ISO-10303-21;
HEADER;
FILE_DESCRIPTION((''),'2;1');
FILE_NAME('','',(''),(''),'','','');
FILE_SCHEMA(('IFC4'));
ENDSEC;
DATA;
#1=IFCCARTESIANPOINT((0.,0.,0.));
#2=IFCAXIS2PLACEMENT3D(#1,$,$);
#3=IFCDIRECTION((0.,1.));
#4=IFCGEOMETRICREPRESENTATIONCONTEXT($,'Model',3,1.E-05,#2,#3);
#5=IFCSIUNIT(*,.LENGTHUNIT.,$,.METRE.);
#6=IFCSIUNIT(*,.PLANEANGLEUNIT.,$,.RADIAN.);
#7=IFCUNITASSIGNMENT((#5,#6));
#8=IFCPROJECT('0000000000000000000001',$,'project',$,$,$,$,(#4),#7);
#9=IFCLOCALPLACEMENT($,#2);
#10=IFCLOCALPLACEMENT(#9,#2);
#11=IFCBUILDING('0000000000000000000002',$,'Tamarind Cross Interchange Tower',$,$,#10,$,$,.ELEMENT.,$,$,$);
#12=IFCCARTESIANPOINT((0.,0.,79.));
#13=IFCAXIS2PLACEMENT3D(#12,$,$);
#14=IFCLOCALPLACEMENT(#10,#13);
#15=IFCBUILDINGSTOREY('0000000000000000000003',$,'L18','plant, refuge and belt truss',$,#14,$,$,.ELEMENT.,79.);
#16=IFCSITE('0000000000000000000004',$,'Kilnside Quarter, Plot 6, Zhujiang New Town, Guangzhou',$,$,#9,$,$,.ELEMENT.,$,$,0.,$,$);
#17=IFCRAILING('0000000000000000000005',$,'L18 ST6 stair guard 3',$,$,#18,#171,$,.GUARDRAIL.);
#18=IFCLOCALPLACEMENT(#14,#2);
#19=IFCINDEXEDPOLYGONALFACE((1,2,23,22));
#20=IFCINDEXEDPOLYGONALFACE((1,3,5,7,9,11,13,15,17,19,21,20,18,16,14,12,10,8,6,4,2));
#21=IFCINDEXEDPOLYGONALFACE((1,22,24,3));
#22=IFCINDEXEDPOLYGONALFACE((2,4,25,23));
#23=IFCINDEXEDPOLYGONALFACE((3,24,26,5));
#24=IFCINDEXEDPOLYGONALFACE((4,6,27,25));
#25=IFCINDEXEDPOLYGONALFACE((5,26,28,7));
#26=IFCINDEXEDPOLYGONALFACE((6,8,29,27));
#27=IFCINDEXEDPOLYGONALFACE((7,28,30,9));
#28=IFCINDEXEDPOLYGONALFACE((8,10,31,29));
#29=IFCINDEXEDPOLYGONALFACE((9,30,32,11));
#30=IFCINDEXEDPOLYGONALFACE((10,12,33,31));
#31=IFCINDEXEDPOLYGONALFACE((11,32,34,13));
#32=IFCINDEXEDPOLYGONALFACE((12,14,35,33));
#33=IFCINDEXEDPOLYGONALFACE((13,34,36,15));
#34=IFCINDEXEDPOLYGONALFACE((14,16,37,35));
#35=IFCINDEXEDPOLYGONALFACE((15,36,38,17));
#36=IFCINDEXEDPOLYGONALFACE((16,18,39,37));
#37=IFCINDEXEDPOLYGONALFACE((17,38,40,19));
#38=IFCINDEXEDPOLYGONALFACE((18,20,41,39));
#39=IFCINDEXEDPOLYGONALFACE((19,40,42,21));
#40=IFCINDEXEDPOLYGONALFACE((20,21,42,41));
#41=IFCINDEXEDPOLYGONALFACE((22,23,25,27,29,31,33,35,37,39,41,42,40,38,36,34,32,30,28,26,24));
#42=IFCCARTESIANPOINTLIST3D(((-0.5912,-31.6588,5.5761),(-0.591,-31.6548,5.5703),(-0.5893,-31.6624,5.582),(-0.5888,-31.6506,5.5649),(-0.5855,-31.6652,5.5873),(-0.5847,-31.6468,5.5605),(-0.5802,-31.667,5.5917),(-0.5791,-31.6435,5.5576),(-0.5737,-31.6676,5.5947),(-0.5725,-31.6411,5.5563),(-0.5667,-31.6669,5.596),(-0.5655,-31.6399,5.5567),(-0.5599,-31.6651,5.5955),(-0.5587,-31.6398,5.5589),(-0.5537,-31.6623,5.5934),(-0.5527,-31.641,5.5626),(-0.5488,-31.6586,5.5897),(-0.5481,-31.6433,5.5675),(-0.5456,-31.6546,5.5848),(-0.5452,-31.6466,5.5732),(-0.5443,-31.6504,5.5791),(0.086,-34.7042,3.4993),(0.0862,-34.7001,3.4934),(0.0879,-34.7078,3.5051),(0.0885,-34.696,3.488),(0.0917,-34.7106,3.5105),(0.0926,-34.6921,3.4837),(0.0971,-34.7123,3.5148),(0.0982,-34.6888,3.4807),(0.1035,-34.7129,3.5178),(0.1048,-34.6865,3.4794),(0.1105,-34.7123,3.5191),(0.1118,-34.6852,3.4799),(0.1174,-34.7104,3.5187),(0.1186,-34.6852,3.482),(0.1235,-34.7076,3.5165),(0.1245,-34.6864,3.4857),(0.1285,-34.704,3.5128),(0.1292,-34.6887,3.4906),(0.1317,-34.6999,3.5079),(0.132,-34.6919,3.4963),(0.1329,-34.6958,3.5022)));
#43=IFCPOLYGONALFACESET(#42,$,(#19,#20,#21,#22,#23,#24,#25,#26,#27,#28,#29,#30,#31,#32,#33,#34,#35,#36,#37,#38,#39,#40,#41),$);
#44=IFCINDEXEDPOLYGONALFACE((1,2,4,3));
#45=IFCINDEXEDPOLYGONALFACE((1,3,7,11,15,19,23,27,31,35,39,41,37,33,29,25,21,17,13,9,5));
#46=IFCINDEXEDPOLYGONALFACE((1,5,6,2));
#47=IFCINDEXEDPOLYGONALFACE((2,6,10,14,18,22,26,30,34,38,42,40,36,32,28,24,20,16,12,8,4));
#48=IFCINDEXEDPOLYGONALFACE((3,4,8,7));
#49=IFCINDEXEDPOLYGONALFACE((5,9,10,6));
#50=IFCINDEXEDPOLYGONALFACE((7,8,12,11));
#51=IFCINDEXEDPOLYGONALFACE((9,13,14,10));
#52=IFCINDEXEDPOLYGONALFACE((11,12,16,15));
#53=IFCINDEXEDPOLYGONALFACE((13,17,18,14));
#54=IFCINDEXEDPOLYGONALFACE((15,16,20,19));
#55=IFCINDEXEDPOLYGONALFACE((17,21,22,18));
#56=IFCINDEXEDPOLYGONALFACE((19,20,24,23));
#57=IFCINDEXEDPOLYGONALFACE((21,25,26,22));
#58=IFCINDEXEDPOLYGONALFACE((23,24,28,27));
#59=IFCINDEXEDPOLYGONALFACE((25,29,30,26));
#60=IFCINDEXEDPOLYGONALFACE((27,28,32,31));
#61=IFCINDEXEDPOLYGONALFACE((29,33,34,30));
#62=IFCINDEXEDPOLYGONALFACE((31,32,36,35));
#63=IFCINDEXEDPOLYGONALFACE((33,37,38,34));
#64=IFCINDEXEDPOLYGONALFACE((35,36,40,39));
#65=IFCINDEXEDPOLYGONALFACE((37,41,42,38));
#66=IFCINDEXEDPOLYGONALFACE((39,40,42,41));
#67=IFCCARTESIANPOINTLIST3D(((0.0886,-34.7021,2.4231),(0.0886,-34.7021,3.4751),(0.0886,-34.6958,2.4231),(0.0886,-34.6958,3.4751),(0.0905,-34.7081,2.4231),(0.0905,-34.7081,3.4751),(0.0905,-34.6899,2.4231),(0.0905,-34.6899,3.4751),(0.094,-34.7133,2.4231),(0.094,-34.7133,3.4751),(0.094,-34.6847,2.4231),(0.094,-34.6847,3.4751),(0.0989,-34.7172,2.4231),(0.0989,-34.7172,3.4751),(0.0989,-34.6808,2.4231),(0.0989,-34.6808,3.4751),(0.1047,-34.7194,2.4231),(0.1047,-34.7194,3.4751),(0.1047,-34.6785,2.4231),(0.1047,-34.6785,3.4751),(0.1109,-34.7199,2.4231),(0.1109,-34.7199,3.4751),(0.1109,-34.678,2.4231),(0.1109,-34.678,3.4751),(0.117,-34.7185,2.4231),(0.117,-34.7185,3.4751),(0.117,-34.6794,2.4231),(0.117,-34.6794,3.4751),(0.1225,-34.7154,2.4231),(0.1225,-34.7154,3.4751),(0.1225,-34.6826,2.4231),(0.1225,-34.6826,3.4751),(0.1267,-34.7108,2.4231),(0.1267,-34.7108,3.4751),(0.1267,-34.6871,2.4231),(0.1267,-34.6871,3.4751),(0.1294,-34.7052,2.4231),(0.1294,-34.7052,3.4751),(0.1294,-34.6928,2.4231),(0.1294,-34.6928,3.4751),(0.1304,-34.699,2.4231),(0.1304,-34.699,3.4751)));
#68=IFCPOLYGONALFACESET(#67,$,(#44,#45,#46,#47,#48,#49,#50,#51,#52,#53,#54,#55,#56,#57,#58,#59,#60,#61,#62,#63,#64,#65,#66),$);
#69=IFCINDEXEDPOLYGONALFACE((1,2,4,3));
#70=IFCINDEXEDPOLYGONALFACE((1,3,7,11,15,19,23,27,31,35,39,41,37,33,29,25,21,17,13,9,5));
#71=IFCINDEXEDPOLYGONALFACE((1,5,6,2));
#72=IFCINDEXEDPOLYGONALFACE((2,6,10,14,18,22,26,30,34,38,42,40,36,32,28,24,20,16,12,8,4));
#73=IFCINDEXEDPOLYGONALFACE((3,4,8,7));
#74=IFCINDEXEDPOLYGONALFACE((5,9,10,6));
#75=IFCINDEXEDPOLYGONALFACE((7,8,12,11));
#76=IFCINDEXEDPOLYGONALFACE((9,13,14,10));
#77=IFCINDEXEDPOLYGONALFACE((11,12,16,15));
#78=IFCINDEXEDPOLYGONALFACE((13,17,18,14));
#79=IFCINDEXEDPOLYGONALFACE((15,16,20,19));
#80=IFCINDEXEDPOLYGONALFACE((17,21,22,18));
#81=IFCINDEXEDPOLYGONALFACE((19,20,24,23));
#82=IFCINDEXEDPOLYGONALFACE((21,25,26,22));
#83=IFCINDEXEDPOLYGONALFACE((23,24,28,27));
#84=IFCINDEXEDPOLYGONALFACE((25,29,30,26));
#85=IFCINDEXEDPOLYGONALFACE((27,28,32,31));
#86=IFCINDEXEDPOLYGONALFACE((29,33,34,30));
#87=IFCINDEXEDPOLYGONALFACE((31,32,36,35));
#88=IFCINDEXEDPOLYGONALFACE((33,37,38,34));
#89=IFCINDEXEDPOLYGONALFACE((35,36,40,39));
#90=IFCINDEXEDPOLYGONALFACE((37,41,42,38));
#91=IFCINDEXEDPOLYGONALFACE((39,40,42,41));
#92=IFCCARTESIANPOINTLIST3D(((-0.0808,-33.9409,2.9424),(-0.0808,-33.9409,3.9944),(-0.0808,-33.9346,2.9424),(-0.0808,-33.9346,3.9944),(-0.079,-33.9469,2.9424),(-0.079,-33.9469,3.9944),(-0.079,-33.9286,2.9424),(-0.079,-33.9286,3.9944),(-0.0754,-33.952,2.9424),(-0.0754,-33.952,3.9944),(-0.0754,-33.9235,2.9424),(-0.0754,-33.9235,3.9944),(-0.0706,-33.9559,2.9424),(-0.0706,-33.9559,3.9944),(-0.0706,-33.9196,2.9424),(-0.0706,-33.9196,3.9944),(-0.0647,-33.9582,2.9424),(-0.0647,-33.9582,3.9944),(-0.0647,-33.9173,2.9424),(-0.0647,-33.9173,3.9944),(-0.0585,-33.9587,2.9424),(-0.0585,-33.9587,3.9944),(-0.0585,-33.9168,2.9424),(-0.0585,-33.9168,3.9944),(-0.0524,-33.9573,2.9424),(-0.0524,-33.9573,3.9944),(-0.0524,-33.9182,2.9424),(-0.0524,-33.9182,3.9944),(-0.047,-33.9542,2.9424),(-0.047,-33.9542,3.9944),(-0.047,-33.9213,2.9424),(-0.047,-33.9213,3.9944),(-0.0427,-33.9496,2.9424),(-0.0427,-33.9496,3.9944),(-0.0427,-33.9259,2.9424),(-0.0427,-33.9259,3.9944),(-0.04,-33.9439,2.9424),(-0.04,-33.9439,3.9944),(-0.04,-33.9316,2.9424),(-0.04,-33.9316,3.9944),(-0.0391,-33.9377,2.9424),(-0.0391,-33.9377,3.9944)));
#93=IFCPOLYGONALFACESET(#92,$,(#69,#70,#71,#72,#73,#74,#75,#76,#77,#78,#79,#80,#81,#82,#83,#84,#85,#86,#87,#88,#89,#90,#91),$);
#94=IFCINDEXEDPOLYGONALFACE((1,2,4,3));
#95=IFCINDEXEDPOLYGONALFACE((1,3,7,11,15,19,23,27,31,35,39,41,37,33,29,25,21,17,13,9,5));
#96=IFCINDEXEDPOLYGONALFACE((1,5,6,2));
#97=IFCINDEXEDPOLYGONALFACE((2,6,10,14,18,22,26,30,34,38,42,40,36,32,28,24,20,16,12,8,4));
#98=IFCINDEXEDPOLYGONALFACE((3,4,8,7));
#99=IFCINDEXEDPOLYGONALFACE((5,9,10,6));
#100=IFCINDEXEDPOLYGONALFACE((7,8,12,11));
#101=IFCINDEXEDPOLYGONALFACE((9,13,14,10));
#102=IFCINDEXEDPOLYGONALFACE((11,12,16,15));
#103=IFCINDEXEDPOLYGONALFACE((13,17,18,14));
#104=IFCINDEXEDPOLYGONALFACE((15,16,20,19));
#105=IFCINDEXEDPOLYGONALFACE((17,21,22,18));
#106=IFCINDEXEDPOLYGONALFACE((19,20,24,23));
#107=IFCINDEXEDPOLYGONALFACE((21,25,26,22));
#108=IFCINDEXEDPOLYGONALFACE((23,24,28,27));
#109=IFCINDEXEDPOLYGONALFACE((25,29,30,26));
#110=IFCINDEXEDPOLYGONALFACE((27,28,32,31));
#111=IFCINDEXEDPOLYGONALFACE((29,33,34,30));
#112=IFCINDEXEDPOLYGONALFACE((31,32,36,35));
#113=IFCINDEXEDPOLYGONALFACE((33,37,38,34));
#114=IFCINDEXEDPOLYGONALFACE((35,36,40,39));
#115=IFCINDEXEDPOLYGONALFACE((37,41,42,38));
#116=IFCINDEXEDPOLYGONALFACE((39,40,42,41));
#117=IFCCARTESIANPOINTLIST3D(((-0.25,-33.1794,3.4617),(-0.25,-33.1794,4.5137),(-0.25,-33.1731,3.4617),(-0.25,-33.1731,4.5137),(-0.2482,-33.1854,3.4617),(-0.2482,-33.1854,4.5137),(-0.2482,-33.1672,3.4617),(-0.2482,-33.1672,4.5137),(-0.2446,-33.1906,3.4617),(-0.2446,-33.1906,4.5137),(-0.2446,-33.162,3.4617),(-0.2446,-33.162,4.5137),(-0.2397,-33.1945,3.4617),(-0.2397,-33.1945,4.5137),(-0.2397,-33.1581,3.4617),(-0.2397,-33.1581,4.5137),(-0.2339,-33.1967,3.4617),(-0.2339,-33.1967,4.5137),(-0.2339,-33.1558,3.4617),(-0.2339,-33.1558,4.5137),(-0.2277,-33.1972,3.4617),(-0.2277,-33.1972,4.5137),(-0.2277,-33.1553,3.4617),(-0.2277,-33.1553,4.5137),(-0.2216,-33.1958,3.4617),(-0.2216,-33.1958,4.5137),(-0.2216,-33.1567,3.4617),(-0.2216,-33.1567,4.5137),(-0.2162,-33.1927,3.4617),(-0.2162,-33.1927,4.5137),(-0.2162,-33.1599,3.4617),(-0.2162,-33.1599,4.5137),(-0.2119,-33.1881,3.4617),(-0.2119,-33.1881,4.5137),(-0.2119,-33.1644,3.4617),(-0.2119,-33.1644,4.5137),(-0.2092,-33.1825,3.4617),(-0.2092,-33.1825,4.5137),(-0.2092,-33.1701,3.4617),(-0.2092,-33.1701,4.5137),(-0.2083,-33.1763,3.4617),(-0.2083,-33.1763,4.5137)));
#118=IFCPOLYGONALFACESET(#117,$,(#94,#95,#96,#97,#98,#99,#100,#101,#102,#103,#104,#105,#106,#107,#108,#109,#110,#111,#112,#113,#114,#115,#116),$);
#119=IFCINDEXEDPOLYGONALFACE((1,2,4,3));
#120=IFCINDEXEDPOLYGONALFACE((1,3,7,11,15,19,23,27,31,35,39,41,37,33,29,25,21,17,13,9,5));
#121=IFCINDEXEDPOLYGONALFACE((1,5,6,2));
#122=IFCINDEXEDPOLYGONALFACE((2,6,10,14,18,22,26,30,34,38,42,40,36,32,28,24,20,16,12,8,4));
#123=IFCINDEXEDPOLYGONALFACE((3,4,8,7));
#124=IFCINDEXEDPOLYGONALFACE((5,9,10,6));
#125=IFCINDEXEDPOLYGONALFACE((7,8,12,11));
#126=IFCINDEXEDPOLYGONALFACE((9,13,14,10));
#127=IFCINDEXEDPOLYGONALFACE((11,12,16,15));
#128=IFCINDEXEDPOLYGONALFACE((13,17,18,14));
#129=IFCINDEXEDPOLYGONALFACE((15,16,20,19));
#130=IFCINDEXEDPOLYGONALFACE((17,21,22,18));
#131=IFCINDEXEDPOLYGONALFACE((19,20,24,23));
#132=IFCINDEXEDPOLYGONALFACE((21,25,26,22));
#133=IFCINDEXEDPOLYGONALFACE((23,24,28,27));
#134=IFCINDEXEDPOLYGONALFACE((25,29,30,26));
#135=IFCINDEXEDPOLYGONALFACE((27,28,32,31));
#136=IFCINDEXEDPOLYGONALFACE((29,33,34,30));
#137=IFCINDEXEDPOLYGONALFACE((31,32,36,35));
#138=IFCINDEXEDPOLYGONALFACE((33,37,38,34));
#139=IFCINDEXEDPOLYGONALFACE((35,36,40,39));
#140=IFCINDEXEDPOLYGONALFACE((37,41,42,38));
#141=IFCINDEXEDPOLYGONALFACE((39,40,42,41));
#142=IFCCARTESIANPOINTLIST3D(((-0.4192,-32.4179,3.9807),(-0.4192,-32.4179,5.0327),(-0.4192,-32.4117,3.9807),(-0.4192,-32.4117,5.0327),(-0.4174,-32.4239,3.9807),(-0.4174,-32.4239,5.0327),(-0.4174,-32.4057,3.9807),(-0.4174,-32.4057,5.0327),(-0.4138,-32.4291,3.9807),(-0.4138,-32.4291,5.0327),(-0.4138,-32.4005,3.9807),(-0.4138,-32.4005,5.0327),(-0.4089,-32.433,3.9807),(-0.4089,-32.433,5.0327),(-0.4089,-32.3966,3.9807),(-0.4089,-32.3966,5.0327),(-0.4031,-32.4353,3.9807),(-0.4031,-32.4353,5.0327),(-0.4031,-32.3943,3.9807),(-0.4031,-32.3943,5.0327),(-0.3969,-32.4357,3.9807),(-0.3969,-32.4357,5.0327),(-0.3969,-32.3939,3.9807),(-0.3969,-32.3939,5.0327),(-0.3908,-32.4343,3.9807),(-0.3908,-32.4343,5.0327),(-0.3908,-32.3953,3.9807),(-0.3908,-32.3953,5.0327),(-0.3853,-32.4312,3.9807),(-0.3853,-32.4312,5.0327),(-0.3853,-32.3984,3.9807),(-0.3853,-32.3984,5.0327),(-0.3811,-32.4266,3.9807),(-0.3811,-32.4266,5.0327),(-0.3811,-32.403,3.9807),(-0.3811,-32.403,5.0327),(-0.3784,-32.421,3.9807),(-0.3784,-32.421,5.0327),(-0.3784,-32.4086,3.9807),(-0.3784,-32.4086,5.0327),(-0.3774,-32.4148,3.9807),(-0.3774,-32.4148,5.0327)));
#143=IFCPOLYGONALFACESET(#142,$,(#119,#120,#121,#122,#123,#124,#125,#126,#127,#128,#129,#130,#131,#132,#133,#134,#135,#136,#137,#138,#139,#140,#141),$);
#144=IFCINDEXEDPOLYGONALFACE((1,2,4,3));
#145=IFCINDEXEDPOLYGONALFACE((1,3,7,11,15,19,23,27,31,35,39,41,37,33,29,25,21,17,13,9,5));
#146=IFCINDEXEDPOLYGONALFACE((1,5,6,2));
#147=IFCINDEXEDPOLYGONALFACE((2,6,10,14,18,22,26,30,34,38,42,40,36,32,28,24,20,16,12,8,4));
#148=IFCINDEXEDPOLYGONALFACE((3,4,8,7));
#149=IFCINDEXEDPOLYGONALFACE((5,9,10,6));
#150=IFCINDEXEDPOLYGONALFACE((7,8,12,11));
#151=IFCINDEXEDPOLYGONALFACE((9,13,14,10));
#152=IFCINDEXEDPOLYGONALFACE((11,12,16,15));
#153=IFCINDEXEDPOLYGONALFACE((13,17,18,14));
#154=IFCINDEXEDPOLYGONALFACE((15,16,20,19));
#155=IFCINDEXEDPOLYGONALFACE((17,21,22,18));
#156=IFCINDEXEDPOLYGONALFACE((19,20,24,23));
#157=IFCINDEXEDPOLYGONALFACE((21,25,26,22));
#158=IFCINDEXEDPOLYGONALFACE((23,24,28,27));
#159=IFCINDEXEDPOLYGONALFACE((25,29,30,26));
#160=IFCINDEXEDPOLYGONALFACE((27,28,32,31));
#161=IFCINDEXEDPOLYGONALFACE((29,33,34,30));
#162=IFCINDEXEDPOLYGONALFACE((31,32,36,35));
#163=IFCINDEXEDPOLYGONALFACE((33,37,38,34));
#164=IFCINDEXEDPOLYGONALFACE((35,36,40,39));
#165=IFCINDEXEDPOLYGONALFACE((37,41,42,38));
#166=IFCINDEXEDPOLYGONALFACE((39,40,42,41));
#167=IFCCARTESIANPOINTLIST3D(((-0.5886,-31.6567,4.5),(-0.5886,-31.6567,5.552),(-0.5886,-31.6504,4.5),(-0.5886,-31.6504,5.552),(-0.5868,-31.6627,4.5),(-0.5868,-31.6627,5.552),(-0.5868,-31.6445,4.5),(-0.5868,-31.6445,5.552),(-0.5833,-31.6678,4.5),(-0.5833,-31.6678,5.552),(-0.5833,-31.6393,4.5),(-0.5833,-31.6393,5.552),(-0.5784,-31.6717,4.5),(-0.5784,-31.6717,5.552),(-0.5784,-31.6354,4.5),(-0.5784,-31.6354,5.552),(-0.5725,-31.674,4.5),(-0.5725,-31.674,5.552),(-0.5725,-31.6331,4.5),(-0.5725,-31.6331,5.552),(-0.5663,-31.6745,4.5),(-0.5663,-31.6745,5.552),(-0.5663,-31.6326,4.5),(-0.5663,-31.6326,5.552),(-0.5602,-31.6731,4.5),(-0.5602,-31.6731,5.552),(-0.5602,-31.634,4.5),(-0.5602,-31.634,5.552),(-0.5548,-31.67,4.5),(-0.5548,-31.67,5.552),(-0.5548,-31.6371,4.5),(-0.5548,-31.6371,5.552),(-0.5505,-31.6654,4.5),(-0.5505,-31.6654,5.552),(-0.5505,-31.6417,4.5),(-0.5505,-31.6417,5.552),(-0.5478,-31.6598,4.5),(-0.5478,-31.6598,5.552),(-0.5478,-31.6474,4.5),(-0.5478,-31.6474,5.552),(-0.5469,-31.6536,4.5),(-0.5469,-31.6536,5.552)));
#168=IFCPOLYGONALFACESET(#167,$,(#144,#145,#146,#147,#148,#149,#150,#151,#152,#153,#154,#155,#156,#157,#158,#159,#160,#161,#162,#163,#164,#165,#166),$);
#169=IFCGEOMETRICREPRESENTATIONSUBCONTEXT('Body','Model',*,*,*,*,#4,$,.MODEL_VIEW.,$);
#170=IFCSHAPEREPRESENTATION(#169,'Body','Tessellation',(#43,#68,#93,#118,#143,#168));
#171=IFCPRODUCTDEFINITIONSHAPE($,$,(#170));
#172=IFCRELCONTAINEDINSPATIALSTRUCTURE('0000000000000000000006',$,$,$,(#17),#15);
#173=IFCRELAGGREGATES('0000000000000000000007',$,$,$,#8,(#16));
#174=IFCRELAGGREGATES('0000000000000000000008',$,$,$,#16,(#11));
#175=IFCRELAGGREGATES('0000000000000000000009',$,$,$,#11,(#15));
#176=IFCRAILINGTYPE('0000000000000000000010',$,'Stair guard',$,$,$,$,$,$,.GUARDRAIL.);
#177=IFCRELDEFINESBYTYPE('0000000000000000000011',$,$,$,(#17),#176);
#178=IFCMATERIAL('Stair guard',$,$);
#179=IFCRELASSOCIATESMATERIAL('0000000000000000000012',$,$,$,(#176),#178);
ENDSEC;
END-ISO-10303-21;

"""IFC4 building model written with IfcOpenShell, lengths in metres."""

from ifc_helpers import new_model, si_unit, direction, frame, origin, origin_2d, place, context, subcontext, project, spatial, circle, extrude, material, type_object, element, save


model = new_model("IFC4")

# Units and contexts
model_context = context("Model", 3, precision=1e-05, world=origin(), true_north=direction((0.0, 1.0)))
body_context = subcontext(model_context, "Body", "Model", "MODEL_VIEW")
ifc_project = project(units=[si_unit("LENGTHUNIT", "METRE"), si_unit("PLANEANGLEUNIT", "RADIAN")], contexts=[model_context])

# Site, building, storey
site_placement = place(None, origin())
site = spatial("IfcSite", under=ifc_project, at=site_placement, Name="Kilnside Quarter, Plot 6, Zhujiang New Town, Guangzhou", CompositionType="ELEMENT", RefElevation=0.0)
building_placement = place(site_placement, origin())
building = spatial("IfcBuilding", under=site, at=building_placement, Name="Tamarind Cross Interchange Tower", CompositionType="ELEMENT")
storey_placement = place(building_placement, frame((0.0, 0.0, 79.0)))
storey = spatial("IfcBuildingStorey", under=building, at=storey_placement, Name="L18", Description="plant, refuge and belt truss", CompositionType="ELEMENT", Elevation=79.0)

# Railing
ifc_material_1 = material(Name="Stair guard")
railing_type_1 = type_object("IfcRailingType", Name="Stair guard", PredefinedType="GUARDRAIL", material=ifc_material_1)
railing_1_placement = place(storey_placement, frame((0.1094, -34.699, 2.4231)))
element("IfcRailing", 1, at=railing_1_placement, inside=storey, type_object=railing_type_1, Name="L18 ST6 stair guard 3", PredefinedType="GUARDRAIL", context=body_context, shape_type="SweptSolid", body=[
    extrude(circle(Radius=0.0239, at=origin_2d()), frame((0.0, 0.0, 1.0762), z_axis=(-0.1807, 0.812566, 0.554152), x_axis=(-0.976154, -0.21708, 0.0)), (0.0, 0.0, 1.0), 3.7478),
    extrude(circle(Radius=0.021, at=origin_2d()), origin(), (0.0, 0.0, 1.0), 1.052),
    extrude(circle(Radius=0.021, at=origin_2d()), frame((-0.1694, 0.7612, 0.5193)), (0.0, 0.0, 1.0), 1.052),
    extrude(circle(Radius=0.021, at=origin_2d()), frame((-0.3386, 1.5227, 1.0386)), (0.0, 0.0, 1.0), 1.052),
    extrude(circle(Radius=0.021, at=origin_2d()), frame((-0.5078, 2.2842, 1.5576)), (0.0, 0.0, 1.0), 1.052),
    extrude(circle(Radius=0.021, at=origin_2d()), frame((-0.6772, 3.0454, 2.0769)), (0.0, 0.0, 1.0), 1.052),
])

save(model, "model.ifc")
